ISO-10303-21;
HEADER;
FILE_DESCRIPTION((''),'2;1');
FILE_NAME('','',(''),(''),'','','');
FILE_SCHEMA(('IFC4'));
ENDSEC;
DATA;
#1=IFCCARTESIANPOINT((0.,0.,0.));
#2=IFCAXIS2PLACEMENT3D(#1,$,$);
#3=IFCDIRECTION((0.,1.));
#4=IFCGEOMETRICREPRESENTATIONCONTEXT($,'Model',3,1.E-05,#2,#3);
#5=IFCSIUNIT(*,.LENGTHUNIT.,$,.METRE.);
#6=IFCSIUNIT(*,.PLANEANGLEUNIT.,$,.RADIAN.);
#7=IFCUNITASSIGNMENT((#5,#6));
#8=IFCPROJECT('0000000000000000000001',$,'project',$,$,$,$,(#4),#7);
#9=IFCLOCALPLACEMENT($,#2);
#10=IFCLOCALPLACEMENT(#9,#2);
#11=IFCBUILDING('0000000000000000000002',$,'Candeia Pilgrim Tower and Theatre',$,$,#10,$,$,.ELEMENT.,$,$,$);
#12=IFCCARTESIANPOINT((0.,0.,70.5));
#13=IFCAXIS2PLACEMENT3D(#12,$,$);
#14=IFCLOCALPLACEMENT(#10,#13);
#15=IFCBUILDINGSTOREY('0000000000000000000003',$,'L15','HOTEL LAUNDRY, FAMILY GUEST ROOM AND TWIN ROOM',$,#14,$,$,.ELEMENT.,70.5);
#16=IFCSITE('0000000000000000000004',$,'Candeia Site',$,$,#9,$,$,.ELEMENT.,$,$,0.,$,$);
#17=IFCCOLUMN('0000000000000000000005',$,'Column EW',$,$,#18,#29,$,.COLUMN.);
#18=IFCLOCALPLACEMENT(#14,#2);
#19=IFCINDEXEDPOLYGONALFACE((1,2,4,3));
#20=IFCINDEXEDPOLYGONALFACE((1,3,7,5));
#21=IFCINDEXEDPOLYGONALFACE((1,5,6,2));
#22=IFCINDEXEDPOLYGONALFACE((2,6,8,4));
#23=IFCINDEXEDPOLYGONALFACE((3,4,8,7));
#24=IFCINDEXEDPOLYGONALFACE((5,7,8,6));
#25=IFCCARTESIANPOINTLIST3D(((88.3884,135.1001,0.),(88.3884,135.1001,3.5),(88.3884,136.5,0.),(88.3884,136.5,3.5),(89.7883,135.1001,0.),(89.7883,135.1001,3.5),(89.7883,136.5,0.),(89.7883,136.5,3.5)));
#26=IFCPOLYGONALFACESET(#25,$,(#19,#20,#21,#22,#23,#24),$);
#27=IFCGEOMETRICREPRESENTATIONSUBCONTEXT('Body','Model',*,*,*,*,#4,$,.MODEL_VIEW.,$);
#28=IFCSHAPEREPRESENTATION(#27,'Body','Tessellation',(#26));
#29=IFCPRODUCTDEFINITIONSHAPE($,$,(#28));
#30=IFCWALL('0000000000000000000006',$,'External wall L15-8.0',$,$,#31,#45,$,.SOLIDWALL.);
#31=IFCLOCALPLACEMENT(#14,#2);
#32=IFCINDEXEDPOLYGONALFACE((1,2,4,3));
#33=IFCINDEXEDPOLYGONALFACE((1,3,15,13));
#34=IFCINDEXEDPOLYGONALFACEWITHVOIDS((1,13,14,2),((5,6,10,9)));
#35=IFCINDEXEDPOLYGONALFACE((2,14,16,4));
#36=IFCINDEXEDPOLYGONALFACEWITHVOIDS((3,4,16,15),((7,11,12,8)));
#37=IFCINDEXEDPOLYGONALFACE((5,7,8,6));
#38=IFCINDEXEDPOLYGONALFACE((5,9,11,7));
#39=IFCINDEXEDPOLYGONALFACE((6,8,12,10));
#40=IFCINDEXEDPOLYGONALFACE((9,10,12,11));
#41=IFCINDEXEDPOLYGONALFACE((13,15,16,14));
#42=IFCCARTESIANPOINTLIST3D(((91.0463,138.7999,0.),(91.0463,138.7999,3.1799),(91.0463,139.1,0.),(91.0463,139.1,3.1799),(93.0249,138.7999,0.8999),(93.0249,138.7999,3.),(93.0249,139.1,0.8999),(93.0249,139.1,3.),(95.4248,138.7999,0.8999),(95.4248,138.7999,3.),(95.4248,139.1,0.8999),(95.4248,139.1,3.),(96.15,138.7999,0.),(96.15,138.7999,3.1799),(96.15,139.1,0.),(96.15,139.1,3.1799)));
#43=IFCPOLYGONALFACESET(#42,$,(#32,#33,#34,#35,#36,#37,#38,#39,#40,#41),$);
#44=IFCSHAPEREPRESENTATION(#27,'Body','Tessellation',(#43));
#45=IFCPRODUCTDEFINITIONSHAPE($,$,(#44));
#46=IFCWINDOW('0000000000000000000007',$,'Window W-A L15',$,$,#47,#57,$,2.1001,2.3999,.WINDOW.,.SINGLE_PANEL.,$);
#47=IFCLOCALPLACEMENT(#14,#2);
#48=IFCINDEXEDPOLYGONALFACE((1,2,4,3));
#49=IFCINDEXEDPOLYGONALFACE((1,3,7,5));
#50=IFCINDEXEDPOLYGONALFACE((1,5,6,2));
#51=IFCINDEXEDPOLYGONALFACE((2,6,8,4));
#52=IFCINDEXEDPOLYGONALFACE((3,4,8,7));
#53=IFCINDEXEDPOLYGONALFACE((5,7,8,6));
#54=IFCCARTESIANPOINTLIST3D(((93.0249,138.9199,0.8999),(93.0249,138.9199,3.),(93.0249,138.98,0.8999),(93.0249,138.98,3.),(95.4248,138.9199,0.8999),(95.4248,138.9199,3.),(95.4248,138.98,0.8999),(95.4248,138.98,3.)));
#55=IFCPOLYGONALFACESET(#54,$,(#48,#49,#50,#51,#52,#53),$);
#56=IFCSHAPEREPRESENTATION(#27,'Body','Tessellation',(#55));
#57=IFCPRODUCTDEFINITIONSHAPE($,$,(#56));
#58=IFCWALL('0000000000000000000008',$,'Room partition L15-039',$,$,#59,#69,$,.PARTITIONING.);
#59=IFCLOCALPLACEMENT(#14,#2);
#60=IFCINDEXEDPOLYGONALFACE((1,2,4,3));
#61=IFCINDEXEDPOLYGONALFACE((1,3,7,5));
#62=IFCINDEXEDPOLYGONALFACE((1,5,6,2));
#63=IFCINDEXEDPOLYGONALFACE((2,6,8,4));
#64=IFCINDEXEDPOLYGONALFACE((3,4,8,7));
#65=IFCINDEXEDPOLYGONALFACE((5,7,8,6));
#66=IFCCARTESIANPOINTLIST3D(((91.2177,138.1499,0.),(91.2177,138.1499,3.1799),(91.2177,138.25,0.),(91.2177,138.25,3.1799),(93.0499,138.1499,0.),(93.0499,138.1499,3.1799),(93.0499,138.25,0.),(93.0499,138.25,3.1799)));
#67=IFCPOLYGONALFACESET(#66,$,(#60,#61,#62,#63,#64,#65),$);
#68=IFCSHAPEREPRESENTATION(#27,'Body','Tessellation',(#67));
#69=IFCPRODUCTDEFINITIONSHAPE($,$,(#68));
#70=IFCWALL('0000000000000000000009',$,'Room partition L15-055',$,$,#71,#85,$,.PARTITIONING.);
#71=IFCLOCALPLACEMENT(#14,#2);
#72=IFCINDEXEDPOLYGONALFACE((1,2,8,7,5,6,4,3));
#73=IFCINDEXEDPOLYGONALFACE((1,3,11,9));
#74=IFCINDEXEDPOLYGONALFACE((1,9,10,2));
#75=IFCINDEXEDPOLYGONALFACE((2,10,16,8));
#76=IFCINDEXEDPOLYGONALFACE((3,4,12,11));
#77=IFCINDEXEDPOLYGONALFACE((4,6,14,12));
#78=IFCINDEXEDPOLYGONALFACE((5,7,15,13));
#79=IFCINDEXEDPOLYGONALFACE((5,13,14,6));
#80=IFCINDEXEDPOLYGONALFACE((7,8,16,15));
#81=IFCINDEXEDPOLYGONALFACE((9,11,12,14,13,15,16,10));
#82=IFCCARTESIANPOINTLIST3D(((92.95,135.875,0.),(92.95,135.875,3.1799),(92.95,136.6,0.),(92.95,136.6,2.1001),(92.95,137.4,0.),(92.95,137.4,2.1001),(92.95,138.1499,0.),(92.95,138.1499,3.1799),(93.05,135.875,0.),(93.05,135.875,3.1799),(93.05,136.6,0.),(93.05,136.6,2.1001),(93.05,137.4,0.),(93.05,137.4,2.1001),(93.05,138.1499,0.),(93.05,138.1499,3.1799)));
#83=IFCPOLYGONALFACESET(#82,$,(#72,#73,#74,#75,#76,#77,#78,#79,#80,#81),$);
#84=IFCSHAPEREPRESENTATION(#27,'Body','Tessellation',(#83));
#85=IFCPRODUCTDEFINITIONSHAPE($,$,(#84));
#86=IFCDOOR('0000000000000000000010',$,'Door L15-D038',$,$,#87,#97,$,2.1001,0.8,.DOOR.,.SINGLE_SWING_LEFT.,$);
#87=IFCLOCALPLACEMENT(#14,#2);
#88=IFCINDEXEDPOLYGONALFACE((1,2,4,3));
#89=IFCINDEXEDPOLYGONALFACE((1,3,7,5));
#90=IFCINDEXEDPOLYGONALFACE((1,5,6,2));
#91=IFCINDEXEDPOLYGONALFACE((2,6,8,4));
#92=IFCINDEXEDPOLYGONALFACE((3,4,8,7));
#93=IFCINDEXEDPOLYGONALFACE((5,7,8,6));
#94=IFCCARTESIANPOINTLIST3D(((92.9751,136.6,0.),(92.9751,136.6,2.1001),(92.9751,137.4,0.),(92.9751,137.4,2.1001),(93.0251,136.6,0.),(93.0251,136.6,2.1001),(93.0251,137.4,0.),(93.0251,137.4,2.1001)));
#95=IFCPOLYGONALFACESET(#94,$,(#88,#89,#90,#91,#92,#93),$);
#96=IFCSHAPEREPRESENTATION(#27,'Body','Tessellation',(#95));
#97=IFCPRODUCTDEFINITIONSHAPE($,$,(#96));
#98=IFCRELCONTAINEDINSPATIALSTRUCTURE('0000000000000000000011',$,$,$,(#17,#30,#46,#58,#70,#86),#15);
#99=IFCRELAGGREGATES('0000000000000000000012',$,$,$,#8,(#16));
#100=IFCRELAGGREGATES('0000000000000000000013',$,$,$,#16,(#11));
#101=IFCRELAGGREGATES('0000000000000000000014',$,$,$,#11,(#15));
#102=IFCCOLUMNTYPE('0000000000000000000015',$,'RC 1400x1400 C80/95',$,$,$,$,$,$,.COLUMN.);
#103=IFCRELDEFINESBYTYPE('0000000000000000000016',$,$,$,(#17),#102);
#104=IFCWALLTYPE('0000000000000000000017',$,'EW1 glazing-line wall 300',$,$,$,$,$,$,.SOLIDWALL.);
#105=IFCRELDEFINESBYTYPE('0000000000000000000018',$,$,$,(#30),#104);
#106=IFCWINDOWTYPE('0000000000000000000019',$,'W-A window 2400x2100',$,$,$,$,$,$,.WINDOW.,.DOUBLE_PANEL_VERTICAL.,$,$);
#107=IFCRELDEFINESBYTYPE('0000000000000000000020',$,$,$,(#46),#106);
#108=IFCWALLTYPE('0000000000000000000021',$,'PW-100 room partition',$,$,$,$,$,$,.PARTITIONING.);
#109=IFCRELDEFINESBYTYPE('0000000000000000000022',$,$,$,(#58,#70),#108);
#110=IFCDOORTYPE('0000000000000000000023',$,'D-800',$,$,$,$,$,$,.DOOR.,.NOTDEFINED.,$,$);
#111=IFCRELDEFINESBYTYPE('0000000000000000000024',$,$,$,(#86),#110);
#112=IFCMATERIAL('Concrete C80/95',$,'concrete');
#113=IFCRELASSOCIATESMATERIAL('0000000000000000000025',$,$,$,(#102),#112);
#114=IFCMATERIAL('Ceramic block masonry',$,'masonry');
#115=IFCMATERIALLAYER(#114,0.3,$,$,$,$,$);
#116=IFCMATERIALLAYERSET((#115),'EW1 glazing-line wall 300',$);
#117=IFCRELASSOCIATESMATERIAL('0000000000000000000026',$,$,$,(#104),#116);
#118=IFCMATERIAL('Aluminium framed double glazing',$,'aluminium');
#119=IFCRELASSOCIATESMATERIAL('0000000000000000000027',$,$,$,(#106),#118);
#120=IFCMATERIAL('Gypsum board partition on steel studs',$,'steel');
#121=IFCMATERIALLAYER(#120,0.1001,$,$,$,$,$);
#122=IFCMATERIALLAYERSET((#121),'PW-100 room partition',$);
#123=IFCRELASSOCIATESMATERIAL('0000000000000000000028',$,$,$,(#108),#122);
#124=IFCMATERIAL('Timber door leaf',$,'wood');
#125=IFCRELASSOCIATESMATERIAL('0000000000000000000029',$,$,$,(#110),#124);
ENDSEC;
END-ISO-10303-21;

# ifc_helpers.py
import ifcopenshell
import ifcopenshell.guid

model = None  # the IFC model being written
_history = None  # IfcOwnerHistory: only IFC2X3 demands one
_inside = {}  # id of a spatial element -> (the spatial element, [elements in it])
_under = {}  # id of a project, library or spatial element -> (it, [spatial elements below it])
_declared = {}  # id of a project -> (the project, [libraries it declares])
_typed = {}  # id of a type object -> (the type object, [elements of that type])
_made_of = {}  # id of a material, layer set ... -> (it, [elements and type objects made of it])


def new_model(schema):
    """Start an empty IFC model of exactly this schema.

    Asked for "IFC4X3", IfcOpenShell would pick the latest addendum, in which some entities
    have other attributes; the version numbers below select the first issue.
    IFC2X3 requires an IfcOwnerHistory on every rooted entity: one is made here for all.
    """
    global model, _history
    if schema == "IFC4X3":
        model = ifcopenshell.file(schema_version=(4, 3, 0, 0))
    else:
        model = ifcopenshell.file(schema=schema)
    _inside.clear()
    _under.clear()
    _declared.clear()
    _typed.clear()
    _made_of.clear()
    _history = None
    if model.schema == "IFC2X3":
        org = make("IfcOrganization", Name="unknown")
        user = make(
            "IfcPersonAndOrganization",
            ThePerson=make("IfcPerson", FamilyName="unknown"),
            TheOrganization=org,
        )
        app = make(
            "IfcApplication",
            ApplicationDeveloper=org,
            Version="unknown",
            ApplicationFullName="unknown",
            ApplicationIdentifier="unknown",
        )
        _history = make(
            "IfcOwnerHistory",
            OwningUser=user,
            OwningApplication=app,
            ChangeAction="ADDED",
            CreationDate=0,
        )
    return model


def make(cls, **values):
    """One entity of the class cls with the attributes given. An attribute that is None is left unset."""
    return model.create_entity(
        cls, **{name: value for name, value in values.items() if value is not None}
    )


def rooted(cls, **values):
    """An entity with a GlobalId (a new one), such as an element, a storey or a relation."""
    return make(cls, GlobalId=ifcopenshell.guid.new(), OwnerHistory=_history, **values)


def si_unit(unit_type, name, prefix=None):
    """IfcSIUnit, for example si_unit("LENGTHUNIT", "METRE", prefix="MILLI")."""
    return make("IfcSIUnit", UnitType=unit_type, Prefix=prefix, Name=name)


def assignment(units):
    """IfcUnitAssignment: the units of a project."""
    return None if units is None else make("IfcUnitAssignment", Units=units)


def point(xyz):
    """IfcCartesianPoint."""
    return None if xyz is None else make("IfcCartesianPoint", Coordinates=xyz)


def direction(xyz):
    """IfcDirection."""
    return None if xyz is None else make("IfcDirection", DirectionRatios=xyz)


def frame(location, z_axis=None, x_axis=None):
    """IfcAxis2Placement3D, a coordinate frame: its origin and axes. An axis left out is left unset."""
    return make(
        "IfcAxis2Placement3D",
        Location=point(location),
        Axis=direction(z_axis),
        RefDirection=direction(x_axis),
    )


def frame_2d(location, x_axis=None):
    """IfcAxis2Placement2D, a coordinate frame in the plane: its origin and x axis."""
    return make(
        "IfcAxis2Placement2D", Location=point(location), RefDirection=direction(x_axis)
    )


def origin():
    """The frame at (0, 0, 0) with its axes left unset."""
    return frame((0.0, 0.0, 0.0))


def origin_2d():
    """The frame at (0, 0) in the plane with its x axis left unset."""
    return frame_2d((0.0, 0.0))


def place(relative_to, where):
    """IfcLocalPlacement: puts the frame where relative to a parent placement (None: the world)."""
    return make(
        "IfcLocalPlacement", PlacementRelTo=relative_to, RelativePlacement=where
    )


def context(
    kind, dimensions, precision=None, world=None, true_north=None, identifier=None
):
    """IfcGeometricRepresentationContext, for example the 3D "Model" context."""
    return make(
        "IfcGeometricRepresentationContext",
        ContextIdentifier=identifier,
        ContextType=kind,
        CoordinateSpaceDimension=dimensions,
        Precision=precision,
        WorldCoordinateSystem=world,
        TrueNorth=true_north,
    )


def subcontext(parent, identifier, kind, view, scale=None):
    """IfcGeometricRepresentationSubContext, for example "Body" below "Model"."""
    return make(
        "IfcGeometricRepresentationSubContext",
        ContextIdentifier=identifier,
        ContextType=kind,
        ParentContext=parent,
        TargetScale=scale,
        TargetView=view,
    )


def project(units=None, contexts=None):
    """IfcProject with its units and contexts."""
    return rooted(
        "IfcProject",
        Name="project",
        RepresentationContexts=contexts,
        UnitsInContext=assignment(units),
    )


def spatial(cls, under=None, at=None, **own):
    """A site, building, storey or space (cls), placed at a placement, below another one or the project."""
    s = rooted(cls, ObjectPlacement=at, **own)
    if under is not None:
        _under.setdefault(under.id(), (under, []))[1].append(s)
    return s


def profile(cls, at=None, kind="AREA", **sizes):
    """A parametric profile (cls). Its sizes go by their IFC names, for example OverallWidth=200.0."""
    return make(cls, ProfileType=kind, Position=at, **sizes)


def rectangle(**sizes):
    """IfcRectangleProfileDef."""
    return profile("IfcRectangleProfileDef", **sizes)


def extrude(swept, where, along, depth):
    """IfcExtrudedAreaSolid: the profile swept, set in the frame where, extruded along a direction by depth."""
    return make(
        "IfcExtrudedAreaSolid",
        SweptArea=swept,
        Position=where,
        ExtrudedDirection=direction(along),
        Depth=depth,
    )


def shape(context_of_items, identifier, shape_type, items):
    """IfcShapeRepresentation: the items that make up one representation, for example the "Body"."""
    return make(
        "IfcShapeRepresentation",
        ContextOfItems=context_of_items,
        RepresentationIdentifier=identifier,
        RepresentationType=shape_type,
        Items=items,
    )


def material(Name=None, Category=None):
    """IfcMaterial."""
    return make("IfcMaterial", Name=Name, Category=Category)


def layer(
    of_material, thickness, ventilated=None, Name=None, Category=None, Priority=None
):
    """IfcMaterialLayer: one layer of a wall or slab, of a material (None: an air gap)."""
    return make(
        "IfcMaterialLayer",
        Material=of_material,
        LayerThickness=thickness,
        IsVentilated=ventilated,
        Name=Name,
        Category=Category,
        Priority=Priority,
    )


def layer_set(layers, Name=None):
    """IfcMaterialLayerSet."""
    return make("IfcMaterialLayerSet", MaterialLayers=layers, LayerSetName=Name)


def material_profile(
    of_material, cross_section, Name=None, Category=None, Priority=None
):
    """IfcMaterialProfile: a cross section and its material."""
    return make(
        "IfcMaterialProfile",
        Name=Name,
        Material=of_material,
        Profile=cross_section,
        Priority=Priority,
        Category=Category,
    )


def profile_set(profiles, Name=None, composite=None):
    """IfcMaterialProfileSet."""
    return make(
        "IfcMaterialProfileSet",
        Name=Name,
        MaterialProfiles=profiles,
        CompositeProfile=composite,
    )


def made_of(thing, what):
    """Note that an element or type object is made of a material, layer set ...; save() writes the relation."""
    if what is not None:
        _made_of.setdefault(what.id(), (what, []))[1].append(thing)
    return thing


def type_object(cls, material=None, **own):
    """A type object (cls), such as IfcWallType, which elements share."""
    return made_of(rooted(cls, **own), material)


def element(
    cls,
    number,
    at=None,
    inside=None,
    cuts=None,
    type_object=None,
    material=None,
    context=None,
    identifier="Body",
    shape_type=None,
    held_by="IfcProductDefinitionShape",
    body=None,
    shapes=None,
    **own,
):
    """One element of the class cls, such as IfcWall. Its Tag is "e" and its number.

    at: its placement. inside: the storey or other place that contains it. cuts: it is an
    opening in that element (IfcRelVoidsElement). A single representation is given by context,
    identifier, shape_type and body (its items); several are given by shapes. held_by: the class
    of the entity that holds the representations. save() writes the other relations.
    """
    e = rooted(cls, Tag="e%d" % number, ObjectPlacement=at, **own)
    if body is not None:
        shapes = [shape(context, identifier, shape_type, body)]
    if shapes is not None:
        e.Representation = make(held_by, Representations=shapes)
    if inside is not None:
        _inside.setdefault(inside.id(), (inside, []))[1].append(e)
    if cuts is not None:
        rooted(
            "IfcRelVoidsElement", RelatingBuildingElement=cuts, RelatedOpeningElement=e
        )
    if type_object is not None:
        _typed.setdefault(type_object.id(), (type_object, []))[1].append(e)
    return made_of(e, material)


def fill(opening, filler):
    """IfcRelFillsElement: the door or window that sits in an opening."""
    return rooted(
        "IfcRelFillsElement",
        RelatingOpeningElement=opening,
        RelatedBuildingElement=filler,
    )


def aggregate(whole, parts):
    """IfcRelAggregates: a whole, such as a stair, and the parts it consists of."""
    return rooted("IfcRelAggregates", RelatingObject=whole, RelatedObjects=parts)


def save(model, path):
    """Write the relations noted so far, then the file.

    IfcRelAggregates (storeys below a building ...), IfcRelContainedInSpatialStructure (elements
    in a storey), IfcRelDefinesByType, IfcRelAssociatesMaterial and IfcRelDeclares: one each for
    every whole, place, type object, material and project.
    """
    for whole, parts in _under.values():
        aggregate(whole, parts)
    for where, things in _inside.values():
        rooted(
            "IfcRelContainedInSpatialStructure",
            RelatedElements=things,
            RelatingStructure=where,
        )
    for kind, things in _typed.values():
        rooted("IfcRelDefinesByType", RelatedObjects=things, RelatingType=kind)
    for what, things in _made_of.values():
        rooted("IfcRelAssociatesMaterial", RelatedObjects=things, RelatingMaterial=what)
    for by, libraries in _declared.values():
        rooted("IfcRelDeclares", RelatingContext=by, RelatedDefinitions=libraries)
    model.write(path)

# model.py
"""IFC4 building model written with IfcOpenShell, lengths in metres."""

from ifc_helpers import new_model, si_unit, direction, frame, frame_2d, origin, origin_2d, place, context, subcontext, project, spatial, rectangle, extrude, material, layer, layer_set, material_profile, profile_set, type_object, element, fill, save


model = new_model("IFC4")

# Units and contexts
model_context = context("Model", 3, precision=1e-05, world=origin(), true_north=direction((0.0, 1.0)))
body_context = subcontext(model_context, "Body", "Model", "MODEL_VIEW")
ifc_project = project(units=[si_unit("LENGTHUNIT", "METRE"), si_unit("PLANEANGLEUNIT", "RADIAN")], contexts=[model_context])

# Site, building, storey
site_placement = place(None, origin())
site = spatial("IfcSite", under=ifc_project, at=site_placement, Name="Candeia Site", CompositionType="ELEMENT", RefElevation=0.0)
building_placement = place(site_placement, origin())
building = spatial("IfcBuilding", under=site, at=building_placement, Name="Candeia Pilgrim Tower and Theatre", CompositionType="ELEMENT")
storey_placement = place(building_placement, frame((0.0, 0.0, 70.5)))
storey = spatial("IfcBuildingStorey", under=building, at=storey_placement, Name="L15", Description="HOTEL LAUNDRY, FAMILY GUEST ROOM AND TWIN ROOM", CompositionType="ELEMENT", Elevation=70.5)

# Column
ifc_material_1 = material(Name="Concrete C80/95", Category="concrete")
ifc_material_profile = material_profile(ifc_material_1, rectangle(XDim=1.3999, YDim=1.3999, at=origin_2d()))
ifc_profile_set = profile_set([ifc_material_profile], Name="Concrete C80/95")
column_type = type_object("IfcColumnType", Name="RC 1400x1400 C80/95", PredefinedType="COLUMN", material=ifc_profile_set)
column_placement = place(storey_placement, frame((89.0884, 135.8, 0.0), z_axis=(0.0, 0.0, 1.0), x_axis=(1.0, 0.0, 0.0)))
element("IfcColumn", 1, at=column_placement, inside=storey, type_object=column_type, Name="Column EW", PredefinedType="COLUMN", context=body_context, shape_type="SweptSolid", body=[
    extrude(rectangle(XDim=1.3999, YDim=1.3999, at=origin_2d()), origin(), (0.0, 0.0, 1.0), 3.5),
])

# Wall, opening, window
ifc_material_2 = material(Name="Ceramic block masonry", Category="masonry")
ifc_layer_1 = layer(ifc_material_2, 0.3)
ifc_layer_set_1 = layer_set([ifc_layer_1], Name="EW1 glazing-line wall 300")
wall_type_1 = type_object("IfcWallType", Name="EW1 glazing-line wall 300", PredefinedType="SOLIDWALL", material=ifc_layer_set_1)
wall_1_placement = place(storey_placement, frame((96.1499, 138.95, 0.0), z_axis=(0.0, 0.0, 1.0), x_axis=(-1.0, 0.0, 0.0)))
wall_1 = element("IfcWall", 2, at=wall_1_placement, inside=storey, type_object=wall_type_1, Name="External wall L15-8.0", PredefinedType="SOLIDWALL", context=body_context, shape_type="SweptSolid", body=[
    extrude(rectangle(XDim=5.1038, YDim=0.3, at=frame_2d((2.5518, 0.0))), origin(), (0.0, 0.0, 1.0), 3.1799),
])
opening_1_placement = place(wall_1_placement, frame((0.7251, 0.0, 0.8999)))
opening_1 = element("IfcOpeningElement", 3, at=opening_1_placement, cuts=wall_1, PredefinedType="OPENING", context=body_context, shape_type="SweptSolid", body=[
    extrude(rectangle(XDim=2.3999, YDim=2.1001, at=frame_2d((1.2, 1.05))), frame((0.0, 0.1602, 0.0), z_axis=(0.0, -1.0, 0.0), x_axis=(1.0, 0.0, 0.0)), (0.0, 0.0, 1.0), 0.3201),
])
ifc_material_3 = material(Name="Aluminium framed double glazing", Category="aluminium")
window_type_1 = type_object("IfcWindowType", Name="W-A window 2400x2100", PartitioningType="DOUBLE_PANEL_VERTICAL", PredefinedType="WINDOW", material=ifc_material_3)
window_1_placement = place(opening_1_placement, origin())
window_1 = element("IfcWindow", 4, at=window_1_placement, inside=storey, type_object=window_type_1, Name="Window W-A L15", OverallHeight=2.1001, OverallWidth=2.3999, PartitioningType="SINGLE_PANEL", PredefinedType="WINDOW", context=body_context, shape_type="SweptSolid", body=[
    extrude(rectangle(XDim=2.3999, YDim=2.1001, at=frame_2d((1.2, 1.05))), frame((0.0, 0.03, 0.0), z_axis=(0.0, -1.0, 0.0), x_axis=(1.0, 0.0, 0.0)), (0.0, 0.0, 1.0), 0.0601),
])
fill(opening_1, window_1)

# Wall
ifc_material_4 = material(Name="Gypsum board partition on steel studs", Category="steel")
ifc_layer_2 = layer(ifc_material_4, 0.1001)
ifc_layer_set_2 = layer_set([ifc_layer_2], Name="PW-100 room partition")
wall_type_2 = type_object("IfcWallType", Name="PW-100 room partition", PredefinedType="PARTITIONING", material=ifc_layer_set_2)
wall_2_placement = place(storey_placement, frame((91.2178, 138.2, 0.0), z_axis=(0.0, 0.0, 1.0), x_axis=(1.0, 0.0, 0.0)))
element("IfcWall", 5, at=wall_2_placement, inside=storey, type_object=wall_type_2, Name="Room partition L15-039", PredefinedType="PARTITIONING", context=body_context, shape_type="SweptSolid", body=[
    extrude(rectangle(XDim=1.8323, YDim=0.1001, at=frame_2d((0.916, 0.0))), origin(), (0.0, 0.0, 1.0), 3.1799),
])

# Wall, opening, door
wall_3_placement = place(storey_placement, frame((93.0, 135.875, 0.0), z_axis=(0.0, 0.0, 1.0), x_axis=(0.0, 1.0, 0.0)))
wall_3 = element("IfcWall", 6, at=wall_3_placement, inside=storey, type_object=wall_type_2, Name="Room partition L15-055", PredefinedType="PARTITIONING", context=body_context, shape_type="SweptSolid", body=[
    extrude(rectangle(XDim=2.2749, YDim=0.1001, at=frame_2d((1.1375, 0.0))), origin(), (0.0, 0.0, 1.0), 3.1799),
])
opening_2_placement = place(wall_3_placement, frame((0.7251, 0.0, 0.0)))
opening_2 = element("IfcOpeningElement", 7, at=opening_2_placement, cuts=wall_3, PredefinedType="OPENING", context=body_context, shape_type="SweptSolid", body=[
    extrude(rectangle(XDim=0.8, YDim=2.1001, at=frame_2d((0.3999, 1.05))), frame((0.0, 0.0601, 0.0), z_axis=(0.0, -1.0, 0.0), x_axis=(1.0, 0.0, 0.0)), (0.0, 0.0, 1.0), 0.1201),
])
ifc_material_5 = material(Name="Timber door leaf", Category="wood")
door_type_1 = type_object("IfcDoorType", Name="D-800", OperationType="NOTDEFINED", PredefinedType="DOOR", material=ifc_material_5)
door_1_placement = place(opening_2_placement, origin())
door_1 = element("IfcDoor", 8, at=door_1_placement, inside=storey, type_object=door_type_1, Name="Door L15-D038", OperationType="SINGLE_SWING_LEFT", OverallHeight=2.1001, OverallWidth=0.8, PredefinedType="DOOR", context=body_context, shape_type="SweptSolid", body=[
    extrude(rectangle(XDim=0.8, YDim=2.1001, at=frame_2d((0.3999, 1.05))), frame((0.0, 0.0249, 0.0), z_axis=(0.0, -1.0, 0.0), x_axis=(1.0, 0.0, 0.0)), (0.0, 0.0, 1.0), 0.05),
])
fill(opening_2, door_1)

save(model, "model.ifc")
